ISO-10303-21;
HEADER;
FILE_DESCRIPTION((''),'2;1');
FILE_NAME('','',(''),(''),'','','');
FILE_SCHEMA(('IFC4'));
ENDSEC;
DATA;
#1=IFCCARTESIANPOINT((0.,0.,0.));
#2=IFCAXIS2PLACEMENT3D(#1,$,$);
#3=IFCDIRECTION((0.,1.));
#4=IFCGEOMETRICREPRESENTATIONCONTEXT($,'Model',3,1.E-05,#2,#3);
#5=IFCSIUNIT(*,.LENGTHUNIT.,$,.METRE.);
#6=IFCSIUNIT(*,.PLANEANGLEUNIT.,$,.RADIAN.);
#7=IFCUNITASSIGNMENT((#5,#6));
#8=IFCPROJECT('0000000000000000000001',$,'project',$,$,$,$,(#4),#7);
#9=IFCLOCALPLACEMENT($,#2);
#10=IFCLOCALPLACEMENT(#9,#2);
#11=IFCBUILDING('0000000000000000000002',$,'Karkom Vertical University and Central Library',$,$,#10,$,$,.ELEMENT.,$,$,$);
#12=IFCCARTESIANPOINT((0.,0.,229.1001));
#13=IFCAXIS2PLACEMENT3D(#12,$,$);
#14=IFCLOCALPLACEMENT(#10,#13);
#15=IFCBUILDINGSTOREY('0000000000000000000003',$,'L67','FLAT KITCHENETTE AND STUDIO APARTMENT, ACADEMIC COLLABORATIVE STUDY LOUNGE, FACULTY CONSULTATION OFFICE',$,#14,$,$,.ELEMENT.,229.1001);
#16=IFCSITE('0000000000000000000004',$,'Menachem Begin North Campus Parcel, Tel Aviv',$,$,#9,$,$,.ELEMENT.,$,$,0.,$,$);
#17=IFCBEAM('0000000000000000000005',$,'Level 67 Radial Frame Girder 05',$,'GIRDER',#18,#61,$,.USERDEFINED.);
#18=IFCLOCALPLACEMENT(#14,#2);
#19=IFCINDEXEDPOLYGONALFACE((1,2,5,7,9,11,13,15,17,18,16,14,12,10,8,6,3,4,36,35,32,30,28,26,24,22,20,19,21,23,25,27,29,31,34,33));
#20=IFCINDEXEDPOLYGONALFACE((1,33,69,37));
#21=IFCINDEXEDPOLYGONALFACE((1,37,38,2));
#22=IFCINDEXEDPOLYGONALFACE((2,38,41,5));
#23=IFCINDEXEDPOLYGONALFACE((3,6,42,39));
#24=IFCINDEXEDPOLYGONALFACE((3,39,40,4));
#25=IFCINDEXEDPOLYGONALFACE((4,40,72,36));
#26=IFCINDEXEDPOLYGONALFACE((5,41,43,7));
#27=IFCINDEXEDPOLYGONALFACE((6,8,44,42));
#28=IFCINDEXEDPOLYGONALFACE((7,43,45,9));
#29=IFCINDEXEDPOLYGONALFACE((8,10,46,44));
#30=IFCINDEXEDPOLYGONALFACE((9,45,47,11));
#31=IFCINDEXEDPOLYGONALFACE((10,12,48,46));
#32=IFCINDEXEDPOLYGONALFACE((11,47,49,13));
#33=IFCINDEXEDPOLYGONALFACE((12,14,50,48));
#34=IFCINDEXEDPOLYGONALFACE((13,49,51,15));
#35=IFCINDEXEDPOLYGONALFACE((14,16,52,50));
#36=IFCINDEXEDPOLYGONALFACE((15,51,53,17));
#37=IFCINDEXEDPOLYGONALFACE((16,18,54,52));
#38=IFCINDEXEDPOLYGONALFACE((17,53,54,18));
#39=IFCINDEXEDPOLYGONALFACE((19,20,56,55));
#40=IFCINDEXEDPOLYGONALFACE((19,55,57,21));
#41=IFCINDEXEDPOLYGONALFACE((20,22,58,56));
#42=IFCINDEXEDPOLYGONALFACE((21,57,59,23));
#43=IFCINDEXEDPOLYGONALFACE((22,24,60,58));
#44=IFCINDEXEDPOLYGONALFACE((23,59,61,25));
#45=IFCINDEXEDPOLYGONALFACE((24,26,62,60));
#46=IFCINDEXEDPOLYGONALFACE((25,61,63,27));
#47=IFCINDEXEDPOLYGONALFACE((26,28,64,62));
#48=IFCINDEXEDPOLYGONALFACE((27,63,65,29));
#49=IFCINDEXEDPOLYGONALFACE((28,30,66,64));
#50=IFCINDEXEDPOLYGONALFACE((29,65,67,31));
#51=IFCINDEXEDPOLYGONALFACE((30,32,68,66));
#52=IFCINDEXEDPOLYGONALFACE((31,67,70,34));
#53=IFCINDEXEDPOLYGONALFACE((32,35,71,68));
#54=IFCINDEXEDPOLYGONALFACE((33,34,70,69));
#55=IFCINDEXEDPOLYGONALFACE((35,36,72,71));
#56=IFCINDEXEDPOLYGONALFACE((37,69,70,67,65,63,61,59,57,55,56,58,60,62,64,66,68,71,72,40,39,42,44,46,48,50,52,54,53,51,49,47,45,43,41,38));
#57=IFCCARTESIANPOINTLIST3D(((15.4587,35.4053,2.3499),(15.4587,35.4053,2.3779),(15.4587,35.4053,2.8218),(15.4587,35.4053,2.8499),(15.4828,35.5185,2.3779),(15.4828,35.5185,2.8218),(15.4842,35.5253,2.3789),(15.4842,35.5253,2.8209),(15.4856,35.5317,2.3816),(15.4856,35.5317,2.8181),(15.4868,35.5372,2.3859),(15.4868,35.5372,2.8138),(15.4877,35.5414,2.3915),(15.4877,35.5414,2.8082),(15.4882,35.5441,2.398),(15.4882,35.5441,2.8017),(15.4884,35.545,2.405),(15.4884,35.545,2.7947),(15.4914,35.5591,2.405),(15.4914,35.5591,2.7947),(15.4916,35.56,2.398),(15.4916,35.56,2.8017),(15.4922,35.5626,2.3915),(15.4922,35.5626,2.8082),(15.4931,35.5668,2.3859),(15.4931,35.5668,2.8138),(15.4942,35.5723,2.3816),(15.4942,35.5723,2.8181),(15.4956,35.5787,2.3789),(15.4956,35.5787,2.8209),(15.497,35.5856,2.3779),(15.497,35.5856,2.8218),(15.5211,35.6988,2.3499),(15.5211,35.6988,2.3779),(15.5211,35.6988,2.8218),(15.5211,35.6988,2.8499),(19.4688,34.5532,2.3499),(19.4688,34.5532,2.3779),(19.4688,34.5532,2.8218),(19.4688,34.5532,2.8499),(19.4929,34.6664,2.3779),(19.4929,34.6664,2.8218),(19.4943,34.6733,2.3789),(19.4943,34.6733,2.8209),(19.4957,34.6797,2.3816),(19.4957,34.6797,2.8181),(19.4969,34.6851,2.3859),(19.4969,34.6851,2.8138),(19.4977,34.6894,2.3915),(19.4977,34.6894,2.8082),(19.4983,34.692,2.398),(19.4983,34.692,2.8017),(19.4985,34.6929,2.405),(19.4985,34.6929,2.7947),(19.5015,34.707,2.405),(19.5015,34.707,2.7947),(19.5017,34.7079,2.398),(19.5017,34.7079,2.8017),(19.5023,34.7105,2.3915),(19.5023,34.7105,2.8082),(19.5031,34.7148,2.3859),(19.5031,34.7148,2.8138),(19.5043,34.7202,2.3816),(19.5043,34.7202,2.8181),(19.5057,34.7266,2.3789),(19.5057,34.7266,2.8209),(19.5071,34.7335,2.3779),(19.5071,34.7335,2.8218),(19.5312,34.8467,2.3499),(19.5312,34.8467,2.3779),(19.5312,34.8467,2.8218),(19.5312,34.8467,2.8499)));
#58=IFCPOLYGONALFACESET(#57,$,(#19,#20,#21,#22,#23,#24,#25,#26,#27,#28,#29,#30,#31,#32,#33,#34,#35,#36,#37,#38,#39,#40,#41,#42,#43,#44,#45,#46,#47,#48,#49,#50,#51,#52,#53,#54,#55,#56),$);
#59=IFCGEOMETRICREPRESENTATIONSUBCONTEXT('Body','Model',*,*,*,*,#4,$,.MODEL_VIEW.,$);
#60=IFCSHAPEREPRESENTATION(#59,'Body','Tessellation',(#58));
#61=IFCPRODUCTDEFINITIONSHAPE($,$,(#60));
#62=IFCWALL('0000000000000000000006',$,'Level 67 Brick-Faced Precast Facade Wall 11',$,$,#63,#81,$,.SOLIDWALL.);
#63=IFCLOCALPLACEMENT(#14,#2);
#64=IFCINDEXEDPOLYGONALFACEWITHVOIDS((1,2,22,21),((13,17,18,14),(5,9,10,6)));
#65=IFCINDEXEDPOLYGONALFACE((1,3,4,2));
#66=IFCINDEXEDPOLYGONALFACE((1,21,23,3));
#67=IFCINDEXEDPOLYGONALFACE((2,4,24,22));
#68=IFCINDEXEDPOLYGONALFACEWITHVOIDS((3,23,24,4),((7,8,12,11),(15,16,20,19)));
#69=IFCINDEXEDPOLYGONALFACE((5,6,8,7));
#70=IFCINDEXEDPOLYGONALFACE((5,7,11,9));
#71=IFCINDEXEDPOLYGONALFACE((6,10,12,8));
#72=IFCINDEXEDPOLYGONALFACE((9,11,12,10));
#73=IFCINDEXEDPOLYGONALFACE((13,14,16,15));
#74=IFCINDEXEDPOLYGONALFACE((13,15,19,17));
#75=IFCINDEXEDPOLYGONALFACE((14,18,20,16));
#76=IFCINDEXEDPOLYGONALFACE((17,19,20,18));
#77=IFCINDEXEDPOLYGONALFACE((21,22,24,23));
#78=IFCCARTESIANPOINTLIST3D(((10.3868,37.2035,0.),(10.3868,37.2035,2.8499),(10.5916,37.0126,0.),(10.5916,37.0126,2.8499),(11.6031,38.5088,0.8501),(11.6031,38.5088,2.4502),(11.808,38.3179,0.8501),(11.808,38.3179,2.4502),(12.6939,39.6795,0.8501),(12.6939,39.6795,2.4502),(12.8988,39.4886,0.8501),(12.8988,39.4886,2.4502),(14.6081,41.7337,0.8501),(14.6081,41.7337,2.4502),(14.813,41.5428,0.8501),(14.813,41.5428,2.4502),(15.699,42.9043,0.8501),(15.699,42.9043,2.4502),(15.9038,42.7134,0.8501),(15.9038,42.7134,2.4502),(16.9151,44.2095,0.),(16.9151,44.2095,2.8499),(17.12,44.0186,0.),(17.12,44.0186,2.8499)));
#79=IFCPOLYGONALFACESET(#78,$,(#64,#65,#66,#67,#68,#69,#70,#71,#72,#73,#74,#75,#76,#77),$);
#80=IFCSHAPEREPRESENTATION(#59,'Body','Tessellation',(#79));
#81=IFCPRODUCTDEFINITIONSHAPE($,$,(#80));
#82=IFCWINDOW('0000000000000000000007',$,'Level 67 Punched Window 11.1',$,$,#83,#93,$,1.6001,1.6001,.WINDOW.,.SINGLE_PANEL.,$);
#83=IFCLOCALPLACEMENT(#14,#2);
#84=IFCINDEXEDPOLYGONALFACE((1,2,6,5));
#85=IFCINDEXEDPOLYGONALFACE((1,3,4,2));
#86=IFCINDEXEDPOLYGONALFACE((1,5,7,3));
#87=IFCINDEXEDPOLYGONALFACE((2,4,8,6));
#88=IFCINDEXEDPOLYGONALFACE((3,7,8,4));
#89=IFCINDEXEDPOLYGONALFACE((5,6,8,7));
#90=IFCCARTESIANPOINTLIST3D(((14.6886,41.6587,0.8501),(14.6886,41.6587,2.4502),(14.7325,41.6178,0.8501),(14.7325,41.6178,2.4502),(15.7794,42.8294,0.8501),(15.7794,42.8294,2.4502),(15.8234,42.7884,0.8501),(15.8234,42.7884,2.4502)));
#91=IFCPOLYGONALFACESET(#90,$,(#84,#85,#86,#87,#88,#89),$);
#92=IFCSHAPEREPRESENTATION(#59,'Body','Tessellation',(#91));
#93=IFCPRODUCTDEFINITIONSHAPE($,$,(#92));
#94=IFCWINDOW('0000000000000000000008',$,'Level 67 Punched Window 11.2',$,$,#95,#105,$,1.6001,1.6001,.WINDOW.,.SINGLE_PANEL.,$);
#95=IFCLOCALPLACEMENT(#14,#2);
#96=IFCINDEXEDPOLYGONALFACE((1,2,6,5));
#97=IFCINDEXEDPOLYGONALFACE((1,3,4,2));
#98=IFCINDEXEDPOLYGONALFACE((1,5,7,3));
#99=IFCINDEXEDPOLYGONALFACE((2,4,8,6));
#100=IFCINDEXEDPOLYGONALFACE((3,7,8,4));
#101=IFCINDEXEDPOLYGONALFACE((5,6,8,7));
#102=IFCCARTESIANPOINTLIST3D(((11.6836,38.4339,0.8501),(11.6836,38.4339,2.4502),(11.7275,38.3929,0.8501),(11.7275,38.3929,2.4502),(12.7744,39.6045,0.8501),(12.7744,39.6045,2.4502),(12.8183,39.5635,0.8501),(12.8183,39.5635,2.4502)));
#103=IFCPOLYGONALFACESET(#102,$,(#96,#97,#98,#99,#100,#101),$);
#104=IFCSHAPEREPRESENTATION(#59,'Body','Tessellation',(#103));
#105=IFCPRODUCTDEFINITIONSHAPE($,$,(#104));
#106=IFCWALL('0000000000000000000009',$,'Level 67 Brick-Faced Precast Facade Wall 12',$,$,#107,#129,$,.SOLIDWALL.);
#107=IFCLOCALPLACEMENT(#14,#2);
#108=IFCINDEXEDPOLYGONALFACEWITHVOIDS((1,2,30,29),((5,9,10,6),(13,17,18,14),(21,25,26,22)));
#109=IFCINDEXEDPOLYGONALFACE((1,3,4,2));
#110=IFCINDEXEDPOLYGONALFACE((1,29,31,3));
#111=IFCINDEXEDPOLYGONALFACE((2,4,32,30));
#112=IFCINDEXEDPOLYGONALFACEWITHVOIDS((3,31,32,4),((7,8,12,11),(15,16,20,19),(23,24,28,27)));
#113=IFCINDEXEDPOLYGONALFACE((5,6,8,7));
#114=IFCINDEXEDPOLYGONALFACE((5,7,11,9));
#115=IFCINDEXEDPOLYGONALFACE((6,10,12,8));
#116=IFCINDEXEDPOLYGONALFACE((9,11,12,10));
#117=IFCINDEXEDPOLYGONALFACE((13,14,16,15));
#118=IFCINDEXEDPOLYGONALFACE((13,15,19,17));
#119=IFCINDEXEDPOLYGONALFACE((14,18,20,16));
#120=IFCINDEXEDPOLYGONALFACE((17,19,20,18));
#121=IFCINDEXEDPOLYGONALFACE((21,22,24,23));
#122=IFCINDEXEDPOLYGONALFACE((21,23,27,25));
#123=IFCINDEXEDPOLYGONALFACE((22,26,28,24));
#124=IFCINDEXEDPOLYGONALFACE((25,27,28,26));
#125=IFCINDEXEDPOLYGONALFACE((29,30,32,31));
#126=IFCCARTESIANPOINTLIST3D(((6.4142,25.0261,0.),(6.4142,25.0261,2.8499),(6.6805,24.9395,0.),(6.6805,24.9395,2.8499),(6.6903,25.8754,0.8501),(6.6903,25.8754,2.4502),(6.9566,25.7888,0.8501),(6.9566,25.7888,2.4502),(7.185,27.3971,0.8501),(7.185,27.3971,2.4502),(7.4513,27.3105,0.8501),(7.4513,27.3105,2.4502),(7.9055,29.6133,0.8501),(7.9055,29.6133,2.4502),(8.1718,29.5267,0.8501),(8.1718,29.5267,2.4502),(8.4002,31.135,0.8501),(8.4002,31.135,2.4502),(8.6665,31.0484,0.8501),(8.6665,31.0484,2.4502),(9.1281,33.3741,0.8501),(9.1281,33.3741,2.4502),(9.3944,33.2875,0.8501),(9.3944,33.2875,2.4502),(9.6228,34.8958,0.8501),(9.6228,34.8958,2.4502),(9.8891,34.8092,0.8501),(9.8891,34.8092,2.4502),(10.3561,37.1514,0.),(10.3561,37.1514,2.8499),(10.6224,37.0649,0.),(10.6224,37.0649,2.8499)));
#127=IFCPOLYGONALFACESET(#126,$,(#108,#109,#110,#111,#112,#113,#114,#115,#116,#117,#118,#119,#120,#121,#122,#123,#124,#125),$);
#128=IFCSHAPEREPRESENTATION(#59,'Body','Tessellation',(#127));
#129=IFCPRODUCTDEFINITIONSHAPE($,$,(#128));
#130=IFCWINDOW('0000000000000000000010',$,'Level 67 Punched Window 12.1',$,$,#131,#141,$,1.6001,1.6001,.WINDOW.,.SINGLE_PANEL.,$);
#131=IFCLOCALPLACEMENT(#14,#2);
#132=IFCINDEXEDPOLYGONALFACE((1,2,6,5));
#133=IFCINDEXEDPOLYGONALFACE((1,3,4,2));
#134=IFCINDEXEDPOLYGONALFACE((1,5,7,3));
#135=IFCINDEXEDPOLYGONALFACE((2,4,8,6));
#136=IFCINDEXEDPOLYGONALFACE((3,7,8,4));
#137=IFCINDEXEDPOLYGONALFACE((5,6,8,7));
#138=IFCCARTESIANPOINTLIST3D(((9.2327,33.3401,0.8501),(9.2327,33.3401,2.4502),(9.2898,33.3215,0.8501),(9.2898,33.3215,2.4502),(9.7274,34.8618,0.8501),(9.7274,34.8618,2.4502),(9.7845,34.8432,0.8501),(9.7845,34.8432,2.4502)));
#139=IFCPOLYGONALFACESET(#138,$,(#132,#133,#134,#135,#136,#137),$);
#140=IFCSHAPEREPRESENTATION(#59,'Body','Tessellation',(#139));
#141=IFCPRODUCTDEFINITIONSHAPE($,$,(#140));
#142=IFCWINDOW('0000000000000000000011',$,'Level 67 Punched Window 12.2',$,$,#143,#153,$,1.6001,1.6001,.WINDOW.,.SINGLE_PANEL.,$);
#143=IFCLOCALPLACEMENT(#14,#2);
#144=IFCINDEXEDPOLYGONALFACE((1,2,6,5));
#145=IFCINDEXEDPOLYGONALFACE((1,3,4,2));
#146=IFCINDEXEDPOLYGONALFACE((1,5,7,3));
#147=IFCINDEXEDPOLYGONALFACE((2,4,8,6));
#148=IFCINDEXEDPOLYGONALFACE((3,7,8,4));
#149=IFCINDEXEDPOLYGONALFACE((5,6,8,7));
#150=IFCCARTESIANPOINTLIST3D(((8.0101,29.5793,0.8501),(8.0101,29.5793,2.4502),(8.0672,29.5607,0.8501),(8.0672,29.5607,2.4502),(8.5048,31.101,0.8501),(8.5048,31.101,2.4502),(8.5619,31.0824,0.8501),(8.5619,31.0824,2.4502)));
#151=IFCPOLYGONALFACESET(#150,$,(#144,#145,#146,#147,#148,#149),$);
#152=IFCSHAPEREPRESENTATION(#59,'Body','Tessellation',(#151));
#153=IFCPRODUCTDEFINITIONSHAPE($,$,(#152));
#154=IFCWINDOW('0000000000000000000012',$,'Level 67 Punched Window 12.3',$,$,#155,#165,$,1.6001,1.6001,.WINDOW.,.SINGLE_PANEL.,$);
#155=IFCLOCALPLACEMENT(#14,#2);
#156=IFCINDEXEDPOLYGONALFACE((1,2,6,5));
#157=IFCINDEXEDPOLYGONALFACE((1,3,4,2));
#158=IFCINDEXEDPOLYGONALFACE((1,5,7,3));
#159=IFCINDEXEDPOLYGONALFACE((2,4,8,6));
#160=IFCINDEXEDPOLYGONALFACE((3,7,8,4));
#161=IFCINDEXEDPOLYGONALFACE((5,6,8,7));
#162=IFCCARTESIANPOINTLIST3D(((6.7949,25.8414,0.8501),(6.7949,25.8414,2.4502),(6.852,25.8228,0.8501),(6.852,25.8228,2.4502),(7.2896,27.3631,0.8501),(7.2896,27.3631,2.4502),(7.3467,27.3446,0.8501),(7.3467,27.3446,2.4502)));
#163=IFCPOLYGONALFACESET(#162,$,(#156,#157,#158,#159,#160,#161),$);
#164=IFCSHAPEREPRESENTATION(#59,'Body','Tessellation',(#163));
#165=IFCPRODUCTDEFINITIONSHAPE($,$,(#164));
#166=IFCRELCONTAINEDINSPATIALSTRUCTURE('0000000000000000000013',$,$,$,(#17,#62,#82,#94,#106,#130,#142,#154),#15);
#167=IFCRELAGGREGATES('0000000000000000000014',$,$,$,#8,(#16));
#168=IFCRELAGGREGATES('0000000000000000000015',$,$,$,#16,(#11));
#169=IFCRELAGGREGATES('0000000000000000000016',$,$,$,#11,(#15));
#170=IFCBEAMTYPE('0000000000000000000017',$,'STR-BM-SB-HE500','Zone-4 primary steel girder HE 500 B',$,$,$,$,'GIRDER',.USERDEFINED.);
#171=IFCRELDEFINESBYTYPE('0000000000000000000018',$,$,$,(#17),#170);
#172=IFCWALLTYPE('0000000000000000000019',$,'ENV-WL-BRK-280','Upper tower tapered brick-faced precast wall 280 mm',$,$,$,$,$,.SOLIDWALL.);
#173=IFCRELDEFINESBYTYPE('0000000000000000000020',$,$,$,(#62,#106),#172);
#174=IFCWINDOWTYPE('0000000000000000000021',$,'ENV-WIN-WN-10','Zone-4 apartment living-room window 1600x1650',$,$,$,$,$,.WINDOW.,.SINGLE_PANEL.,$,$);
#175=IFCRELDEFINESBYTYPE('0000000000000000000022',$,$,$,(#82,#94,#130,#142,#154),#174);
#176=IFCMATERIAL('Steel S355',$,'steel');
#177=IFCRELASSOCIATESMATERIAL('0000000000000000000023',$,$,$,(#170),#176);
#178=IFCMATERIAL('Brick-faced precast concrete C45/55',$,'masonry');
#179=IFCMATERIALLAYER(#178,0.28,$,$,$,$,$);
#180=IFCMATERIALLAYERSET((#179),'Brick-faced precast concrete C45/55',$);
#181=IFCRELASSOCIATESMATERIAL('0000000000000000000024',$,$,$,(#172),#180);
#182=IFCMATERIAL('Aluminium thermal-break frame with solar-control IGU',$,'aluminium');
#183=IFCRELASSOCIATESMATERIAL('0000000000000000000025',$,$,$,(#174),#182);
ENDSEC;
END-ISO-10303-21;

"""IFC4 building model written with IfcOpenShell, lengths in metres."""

from ifc_helpers import new_model, si_unit, direction, frame, frame_2d, origin, origin_with_axes, origin_2d, place, context, subcontext, project, spatial, rectangle, i_section, extrude, source, transform, mapped, material, layer, layer_set, material_profile, profile_set, type_object, element, fill, save


model = new_model("IFC4")

# Units and contexts
model_context = context("Model", 3, precision=1e-05, world=origin(), true_north=direction((0.0, 1.0)))
body_context = subcontext(model_context, "Body", "Model", "MODEL_VIEW")
ifc_project = project(units=[si_unit("LENGTHUNIT", "METRE"), si_unit("PLANEANGLEUNIT", "RADIAN")], contexts=[model_context])

# Site, building, storey
site_placement = place(None, origin())
site = spatial("IfcSite", under=ifc_project, at=site_placement, Name="Menachem Begin North Campus Parcel, Tel Aviv", CompositionType="ELEMENT", RefElevation=0.0)
building_placement = place(site_placement, origin())
building = spatial("IfcBuilding", under=site, at=building_placement, Name="Karkom Vertical University and Central Library", CompositionType="ELEMENT")
storey_placement = place(building_placement, frame((0.0, 0.0, 229.1001)))
storey = spatial("IfcBuildingStorey", under=building, at=storey_placement, Name="L67", Description="FLAT KITCHENETTE AND STUDIO APARTMENT, ACADEMIC COLLABORATIVE STUDY LOUNGE, FACULTY CONSULTATION OFFICE", CompositionType="ELEMENT", Elevation=229.1001)

# Beam
ifc_material_1 = material(Name="Steel S355", Category="steel")
ifc_material_profile_1 = material_profile(ifc_material_1, i_section(OverallWidth=0.3, OverallDepth=0.5, WebThickness=0.0144, FlangeThickness=0.0281, FilletRadius=0.0271, at=origin_2d()), Name="HE 500 B")
ifc_profile_set_1 = profile_set([ifc_material_profile_1], Name="Steel S355")
beam_type_1 = type_object("IfcBeamType", Name="STR-BM-SB-HE500", Description="Zone-4 primary steel girder HE 500 B", ElementType="GIRDER", PredefinedType="USERDEFINED", material=ifc_profile_set_1)
shared_shape_1 = source(origin_with_axes(), body_context, "Body", "SweptSolid", [
    extrude(i_section(OverallWidth=0.3, OverallDepth=0.5, WebThickness=0.0144, FlangeThickness=0.0281, FilletRadius=0.0271, at=origin_2d()), origin(), (0.0, 0.0, 1.0), 4.0996),
])
beam_1_placement = place(storey_placement, frame((19.5, 34.7, 2.5999), z_axis=(-0.978163, 0.207841, 0.0), x_axis=(-0.207841, -0.978163, 0.0)))
element("IfcBeam", 1, at=beam_1_placement, inside=storey, type_object=beam_type_1, Name="Level 67 Radial Frame Girder 05", ObjectType="GIRDER", PredefinedType="USERDEFINED", context=body_context, shape_type="MappedRepresentation", body=[
    mapped(shared_shape_1, transform((0.0, 0.0, 0.0), scale=1.0)),
])

# Walls, openings, windows
ifc_material_2 = material(Name="Brick-faced precast concrete C45/55", Category="masonry")
ifc_layer_1 = layer(ifc_material_2, 0.28)
ifc_layer_set_1 = layer_set([ifc_layer_1], Name="Brick-faced precast concrete C45/55")
wall_type_1 = type_object("IfcWallType", Name="ENV-WL-BRK-280", Description="Upper tower tapered brick-faced precast wall 280 mm", PredefinedType="SOLIDWALL", material=ifc_layer_set_1)
wall_1_placement = place(storey_placement, frame((17.0176, 44.114, 0.0), z_axis=(0.0, 0.0, 1.0), x_axis=(-0.681733, -0.731601, 0.0)))
wall_1 = element("IfcWall", 2, at=wall_1_placement, inside=storey, type_object=wall_type_1, Name="Level 67 Brick-Faced Precast Facade Wall 11", PredefinedType="SOLIDWALL", context=body_context, shape_type="SweptSolid", body=[
    extrude(rectangle(XDim=9.5762, YDim=0.28, at=frame_2d((4.7881, 0.0))), origin(), (0.0, 0.0, 1.0), 2.8499),
])
opening_1_placement = place(wall_1_placement, frame((1.7839, 0.0, 0.8501)))
opening_1 = element("IfcOpeningElement", 3, at=opening_1_placement, cuts=wall_1, PredefinedType="OPENING", context=body_context, shape_type="SweptSolid", body=[
    extrude(rectangle(XDim=1.6001, YDim=1.6001, at=frame_2d((0.8, 0.8))), frame((0.0, 0.1499, 0.0), z_axis=(0.0, -1.0, 0.0), x_axis=(1.0, 0.0, 0.0)), (0.0, 0.0, 1.0), 0.3),
])
opening_2_placement = place(wall_1_placement, frame((6.1919, 0.0, 0.8501)))
opening_2 = element("IfcOpeningElement", 4, at=opening_2_placement, cuts=wall_1, PredefinedType="OPENING", context=body_context, shape_type="SweptSolid", body=[
    extrude(rectangle(XDim=1.6001, YDim=1.6001, at=frame_2d((0.8, 0.8))), frame((0.0, 0.1499, 0.0), z_axis=(0.0, -1.0, 0.0), x_axis=(1.0, 0.0, 0.0)), (0.0, 0.0, 1.0), 0.3),
])
ifc_material_3 = material(Name="Aluminium thermal-break frame with solar-control IGU", Category="aluminium")
window_type = type_object("IfcWindowType", Name="ENV-WIN-WN-10", Description="Zone-4 apartment living-room window 1600x1650", PartitioningType="SINGLE_PANEL", PredefinedType="WINDOW", material=ifc_material_3)
shared_shape_2 = source(origin_with_axes(), body_context, "Body", "SweptSolid", [
    extrude(rectangle(XDim=1.6001, YDim=1.6001, at=frame_2d((0.8, 0.8))), frame((0.0, 0.03, 0.0), z_axis=(0.0, -1.0, 0.0), x_axis=(1.0, 0.0, 0.0)), (0.0, 0.0, 1.0), 0.0601),
])
window_1_placement = place(opening_1_placement, origin())
window_1 = element("IfcWindow", 5, at=window_1_placement, inside=storey, type_object=window_type, Name="Level 67 Punched Window 11.1", OverallHeight=1.6001, OverallWidth=1.6001, PartitioningType="SINGLE_PANEL", PredefinedType="WINDOW", context=body_context, shape_type="MappedRepresentation", body=[
    mapped(shared_shape_2, transform((0.0, 0.0, 0.0), scale=1.0)),
])
fill(opening_1, window_1)
window_2_placement = place(opening_2_placement, origin())
window_2 = element("IfcWindow", 6, at=window_2_placement, inside=storey, type_object=window_type, Name="Level 67 Punched Window 11.2", OverallHeight=1.6001, OverallWidth=1.6001, PartitioningType="SINGLE_PANEL", PredefinedType="WINDOW", context=body_context, shape_type="MappedRepresentation", body=[
    mapped(shared_shape_2, transform((0.0, 0.0, 0.0), scale=1.0)),
])
fill(opening_2, window_2)
wall_2_placement = place(storey_placement, frame((10.4893, 37.1082, 0.0), z_axis=(0.0, 0.0, 1.0), x_axis=(-0.309171, -0.951007, 0.0)))
wall_2 = element("IfcWall", 7, at=wall_2_placement, inside=storey, type_object=wall_type_1, Name="Level 67 Brick-Faced Precast Facade Wall 12", PredefinedType="SOLIDWALL", context=body_context, shape_type="SweptSolid", body=[
    extrude(rectangle(XDim=12.75, YDim=0.28, at=frame_2d((6.375, 0.0))), origin(), (0.0, 0.0, 1.0), 2.8499),
])
opening_3_placement = place(wall_2_placement, frame((2.3718, 0.0, 0.8501)))
opening_3 = element("IfcOpeningElement", 8, at=opening_3_placement, cuts=wall_2, PredefinedType="OPENING", context=body_context, shape_type="SweptSolid", body=[
    extrude(rectangle(XDim=1.6001, YDim=1.6001, at=frame_2d((0.8, 0.8))), frame((0.0, 0.1499, 0.0), z_axis=(0.0, -1.0, 0.0), x_axis=(1.0, 0.0, 0.0)), (0.0, 0.0, 1.0), 0.3),
])
opening_4_placement = place(wall_2_placement, frame((6.3264, 0.0, 0.8501)))
opening_4 = element("IfcOpeningElement", 9, at=opening_4_placement, cuts=wall_2, PredefinedType="OPENING", context=body_context, shape_type="SweptSolid", body=[
    extrude(rectangle(XDim=1.6001, YDim=1.6001, at=frame_2d((0.8, 0.8))), frame((0.0, 0.1499, 0.0), z_axis=(0.0, -1.0, 0.0), x_axis=(1.0, 0.0, 0.0)), (0.0, 0.0, 1.0), 0.3),
])
opening_5_placement = place(wall_2_placement, frame((10.2568, 0.0, 0.8501)))
opening_5 = element("IfcOpeningElement", 10, at=opening_5_placement, cuts=wall_2, PredefinedType="OPENING", context=body_context, shape_type="SweptSolid", body=[
    extrude(rectangle(XDim=1.6001, YDim=1.6001, at=frame_2d((0.8, 0.8))), frame((0.0, 0.1499, 0.0), z_axis=(0.0, -1.0, 0.0), x_axis=(1.0, 0.0, 0.0)), (0.0, 0.0, 1.0), 0.3),
])
window_3_placement = place(opening_3_placement, origin())
window_3 = element("IfcWindow", 11, at=window_3_placement, inside=storey, type_object=window_type, Name="Level 67 Punched Window 12.1", OverallHeight=1.6001, OverallWidth=1.6001, PartitioningType="SINGLE_PANEL", PredefinedType="WINDOW", context=body_context, shape_type="MappedRepresentation", body=[
    mapped(shared_shape_2, transform((0.0, 0.0, 0.0), scale=1.0)),
])
fill(opening_3, window_3)
window_4_placement = place(opening_4_placement, origin())
window_4 = element("IfcWindow", 12, at=window_4_placement, inside=storey, type_object=window_type, Name="Level 67 Punched Window 12.2", OverallHeight=1.6001, OverallWidth=1.6001, PartitioningType="SINGLE_PANEL", PredefinedType="WINDOW", context=body_context, shape_type="MappedRepresentation", body=[
    mapped(shared_shape_2, transform((0.0, 0.0, 0.0), scale=1.0)),
])
fill(opening_4, window_4)
window_5_placement = place(opening_5_placement, origin())
window_5 = element("IfcWindow", 13, at=window_5_placement, inside=storey, type_object=window_type, Name="Level 67 Punched Window 12.3", OverallHeight=1.6001, OverallWidth=1.6001, PartitioningType="SINGLE_PANEL", PredefinedType="WINDOW", context=body_context, shape_type="MappedRepresentation", body=[
    mapped(shared_shape_2, transform((0.0, 0.0, 0.0), scale=1.0)),
])
fill(opening_5, window_5)

save(model, "model.ifc")
